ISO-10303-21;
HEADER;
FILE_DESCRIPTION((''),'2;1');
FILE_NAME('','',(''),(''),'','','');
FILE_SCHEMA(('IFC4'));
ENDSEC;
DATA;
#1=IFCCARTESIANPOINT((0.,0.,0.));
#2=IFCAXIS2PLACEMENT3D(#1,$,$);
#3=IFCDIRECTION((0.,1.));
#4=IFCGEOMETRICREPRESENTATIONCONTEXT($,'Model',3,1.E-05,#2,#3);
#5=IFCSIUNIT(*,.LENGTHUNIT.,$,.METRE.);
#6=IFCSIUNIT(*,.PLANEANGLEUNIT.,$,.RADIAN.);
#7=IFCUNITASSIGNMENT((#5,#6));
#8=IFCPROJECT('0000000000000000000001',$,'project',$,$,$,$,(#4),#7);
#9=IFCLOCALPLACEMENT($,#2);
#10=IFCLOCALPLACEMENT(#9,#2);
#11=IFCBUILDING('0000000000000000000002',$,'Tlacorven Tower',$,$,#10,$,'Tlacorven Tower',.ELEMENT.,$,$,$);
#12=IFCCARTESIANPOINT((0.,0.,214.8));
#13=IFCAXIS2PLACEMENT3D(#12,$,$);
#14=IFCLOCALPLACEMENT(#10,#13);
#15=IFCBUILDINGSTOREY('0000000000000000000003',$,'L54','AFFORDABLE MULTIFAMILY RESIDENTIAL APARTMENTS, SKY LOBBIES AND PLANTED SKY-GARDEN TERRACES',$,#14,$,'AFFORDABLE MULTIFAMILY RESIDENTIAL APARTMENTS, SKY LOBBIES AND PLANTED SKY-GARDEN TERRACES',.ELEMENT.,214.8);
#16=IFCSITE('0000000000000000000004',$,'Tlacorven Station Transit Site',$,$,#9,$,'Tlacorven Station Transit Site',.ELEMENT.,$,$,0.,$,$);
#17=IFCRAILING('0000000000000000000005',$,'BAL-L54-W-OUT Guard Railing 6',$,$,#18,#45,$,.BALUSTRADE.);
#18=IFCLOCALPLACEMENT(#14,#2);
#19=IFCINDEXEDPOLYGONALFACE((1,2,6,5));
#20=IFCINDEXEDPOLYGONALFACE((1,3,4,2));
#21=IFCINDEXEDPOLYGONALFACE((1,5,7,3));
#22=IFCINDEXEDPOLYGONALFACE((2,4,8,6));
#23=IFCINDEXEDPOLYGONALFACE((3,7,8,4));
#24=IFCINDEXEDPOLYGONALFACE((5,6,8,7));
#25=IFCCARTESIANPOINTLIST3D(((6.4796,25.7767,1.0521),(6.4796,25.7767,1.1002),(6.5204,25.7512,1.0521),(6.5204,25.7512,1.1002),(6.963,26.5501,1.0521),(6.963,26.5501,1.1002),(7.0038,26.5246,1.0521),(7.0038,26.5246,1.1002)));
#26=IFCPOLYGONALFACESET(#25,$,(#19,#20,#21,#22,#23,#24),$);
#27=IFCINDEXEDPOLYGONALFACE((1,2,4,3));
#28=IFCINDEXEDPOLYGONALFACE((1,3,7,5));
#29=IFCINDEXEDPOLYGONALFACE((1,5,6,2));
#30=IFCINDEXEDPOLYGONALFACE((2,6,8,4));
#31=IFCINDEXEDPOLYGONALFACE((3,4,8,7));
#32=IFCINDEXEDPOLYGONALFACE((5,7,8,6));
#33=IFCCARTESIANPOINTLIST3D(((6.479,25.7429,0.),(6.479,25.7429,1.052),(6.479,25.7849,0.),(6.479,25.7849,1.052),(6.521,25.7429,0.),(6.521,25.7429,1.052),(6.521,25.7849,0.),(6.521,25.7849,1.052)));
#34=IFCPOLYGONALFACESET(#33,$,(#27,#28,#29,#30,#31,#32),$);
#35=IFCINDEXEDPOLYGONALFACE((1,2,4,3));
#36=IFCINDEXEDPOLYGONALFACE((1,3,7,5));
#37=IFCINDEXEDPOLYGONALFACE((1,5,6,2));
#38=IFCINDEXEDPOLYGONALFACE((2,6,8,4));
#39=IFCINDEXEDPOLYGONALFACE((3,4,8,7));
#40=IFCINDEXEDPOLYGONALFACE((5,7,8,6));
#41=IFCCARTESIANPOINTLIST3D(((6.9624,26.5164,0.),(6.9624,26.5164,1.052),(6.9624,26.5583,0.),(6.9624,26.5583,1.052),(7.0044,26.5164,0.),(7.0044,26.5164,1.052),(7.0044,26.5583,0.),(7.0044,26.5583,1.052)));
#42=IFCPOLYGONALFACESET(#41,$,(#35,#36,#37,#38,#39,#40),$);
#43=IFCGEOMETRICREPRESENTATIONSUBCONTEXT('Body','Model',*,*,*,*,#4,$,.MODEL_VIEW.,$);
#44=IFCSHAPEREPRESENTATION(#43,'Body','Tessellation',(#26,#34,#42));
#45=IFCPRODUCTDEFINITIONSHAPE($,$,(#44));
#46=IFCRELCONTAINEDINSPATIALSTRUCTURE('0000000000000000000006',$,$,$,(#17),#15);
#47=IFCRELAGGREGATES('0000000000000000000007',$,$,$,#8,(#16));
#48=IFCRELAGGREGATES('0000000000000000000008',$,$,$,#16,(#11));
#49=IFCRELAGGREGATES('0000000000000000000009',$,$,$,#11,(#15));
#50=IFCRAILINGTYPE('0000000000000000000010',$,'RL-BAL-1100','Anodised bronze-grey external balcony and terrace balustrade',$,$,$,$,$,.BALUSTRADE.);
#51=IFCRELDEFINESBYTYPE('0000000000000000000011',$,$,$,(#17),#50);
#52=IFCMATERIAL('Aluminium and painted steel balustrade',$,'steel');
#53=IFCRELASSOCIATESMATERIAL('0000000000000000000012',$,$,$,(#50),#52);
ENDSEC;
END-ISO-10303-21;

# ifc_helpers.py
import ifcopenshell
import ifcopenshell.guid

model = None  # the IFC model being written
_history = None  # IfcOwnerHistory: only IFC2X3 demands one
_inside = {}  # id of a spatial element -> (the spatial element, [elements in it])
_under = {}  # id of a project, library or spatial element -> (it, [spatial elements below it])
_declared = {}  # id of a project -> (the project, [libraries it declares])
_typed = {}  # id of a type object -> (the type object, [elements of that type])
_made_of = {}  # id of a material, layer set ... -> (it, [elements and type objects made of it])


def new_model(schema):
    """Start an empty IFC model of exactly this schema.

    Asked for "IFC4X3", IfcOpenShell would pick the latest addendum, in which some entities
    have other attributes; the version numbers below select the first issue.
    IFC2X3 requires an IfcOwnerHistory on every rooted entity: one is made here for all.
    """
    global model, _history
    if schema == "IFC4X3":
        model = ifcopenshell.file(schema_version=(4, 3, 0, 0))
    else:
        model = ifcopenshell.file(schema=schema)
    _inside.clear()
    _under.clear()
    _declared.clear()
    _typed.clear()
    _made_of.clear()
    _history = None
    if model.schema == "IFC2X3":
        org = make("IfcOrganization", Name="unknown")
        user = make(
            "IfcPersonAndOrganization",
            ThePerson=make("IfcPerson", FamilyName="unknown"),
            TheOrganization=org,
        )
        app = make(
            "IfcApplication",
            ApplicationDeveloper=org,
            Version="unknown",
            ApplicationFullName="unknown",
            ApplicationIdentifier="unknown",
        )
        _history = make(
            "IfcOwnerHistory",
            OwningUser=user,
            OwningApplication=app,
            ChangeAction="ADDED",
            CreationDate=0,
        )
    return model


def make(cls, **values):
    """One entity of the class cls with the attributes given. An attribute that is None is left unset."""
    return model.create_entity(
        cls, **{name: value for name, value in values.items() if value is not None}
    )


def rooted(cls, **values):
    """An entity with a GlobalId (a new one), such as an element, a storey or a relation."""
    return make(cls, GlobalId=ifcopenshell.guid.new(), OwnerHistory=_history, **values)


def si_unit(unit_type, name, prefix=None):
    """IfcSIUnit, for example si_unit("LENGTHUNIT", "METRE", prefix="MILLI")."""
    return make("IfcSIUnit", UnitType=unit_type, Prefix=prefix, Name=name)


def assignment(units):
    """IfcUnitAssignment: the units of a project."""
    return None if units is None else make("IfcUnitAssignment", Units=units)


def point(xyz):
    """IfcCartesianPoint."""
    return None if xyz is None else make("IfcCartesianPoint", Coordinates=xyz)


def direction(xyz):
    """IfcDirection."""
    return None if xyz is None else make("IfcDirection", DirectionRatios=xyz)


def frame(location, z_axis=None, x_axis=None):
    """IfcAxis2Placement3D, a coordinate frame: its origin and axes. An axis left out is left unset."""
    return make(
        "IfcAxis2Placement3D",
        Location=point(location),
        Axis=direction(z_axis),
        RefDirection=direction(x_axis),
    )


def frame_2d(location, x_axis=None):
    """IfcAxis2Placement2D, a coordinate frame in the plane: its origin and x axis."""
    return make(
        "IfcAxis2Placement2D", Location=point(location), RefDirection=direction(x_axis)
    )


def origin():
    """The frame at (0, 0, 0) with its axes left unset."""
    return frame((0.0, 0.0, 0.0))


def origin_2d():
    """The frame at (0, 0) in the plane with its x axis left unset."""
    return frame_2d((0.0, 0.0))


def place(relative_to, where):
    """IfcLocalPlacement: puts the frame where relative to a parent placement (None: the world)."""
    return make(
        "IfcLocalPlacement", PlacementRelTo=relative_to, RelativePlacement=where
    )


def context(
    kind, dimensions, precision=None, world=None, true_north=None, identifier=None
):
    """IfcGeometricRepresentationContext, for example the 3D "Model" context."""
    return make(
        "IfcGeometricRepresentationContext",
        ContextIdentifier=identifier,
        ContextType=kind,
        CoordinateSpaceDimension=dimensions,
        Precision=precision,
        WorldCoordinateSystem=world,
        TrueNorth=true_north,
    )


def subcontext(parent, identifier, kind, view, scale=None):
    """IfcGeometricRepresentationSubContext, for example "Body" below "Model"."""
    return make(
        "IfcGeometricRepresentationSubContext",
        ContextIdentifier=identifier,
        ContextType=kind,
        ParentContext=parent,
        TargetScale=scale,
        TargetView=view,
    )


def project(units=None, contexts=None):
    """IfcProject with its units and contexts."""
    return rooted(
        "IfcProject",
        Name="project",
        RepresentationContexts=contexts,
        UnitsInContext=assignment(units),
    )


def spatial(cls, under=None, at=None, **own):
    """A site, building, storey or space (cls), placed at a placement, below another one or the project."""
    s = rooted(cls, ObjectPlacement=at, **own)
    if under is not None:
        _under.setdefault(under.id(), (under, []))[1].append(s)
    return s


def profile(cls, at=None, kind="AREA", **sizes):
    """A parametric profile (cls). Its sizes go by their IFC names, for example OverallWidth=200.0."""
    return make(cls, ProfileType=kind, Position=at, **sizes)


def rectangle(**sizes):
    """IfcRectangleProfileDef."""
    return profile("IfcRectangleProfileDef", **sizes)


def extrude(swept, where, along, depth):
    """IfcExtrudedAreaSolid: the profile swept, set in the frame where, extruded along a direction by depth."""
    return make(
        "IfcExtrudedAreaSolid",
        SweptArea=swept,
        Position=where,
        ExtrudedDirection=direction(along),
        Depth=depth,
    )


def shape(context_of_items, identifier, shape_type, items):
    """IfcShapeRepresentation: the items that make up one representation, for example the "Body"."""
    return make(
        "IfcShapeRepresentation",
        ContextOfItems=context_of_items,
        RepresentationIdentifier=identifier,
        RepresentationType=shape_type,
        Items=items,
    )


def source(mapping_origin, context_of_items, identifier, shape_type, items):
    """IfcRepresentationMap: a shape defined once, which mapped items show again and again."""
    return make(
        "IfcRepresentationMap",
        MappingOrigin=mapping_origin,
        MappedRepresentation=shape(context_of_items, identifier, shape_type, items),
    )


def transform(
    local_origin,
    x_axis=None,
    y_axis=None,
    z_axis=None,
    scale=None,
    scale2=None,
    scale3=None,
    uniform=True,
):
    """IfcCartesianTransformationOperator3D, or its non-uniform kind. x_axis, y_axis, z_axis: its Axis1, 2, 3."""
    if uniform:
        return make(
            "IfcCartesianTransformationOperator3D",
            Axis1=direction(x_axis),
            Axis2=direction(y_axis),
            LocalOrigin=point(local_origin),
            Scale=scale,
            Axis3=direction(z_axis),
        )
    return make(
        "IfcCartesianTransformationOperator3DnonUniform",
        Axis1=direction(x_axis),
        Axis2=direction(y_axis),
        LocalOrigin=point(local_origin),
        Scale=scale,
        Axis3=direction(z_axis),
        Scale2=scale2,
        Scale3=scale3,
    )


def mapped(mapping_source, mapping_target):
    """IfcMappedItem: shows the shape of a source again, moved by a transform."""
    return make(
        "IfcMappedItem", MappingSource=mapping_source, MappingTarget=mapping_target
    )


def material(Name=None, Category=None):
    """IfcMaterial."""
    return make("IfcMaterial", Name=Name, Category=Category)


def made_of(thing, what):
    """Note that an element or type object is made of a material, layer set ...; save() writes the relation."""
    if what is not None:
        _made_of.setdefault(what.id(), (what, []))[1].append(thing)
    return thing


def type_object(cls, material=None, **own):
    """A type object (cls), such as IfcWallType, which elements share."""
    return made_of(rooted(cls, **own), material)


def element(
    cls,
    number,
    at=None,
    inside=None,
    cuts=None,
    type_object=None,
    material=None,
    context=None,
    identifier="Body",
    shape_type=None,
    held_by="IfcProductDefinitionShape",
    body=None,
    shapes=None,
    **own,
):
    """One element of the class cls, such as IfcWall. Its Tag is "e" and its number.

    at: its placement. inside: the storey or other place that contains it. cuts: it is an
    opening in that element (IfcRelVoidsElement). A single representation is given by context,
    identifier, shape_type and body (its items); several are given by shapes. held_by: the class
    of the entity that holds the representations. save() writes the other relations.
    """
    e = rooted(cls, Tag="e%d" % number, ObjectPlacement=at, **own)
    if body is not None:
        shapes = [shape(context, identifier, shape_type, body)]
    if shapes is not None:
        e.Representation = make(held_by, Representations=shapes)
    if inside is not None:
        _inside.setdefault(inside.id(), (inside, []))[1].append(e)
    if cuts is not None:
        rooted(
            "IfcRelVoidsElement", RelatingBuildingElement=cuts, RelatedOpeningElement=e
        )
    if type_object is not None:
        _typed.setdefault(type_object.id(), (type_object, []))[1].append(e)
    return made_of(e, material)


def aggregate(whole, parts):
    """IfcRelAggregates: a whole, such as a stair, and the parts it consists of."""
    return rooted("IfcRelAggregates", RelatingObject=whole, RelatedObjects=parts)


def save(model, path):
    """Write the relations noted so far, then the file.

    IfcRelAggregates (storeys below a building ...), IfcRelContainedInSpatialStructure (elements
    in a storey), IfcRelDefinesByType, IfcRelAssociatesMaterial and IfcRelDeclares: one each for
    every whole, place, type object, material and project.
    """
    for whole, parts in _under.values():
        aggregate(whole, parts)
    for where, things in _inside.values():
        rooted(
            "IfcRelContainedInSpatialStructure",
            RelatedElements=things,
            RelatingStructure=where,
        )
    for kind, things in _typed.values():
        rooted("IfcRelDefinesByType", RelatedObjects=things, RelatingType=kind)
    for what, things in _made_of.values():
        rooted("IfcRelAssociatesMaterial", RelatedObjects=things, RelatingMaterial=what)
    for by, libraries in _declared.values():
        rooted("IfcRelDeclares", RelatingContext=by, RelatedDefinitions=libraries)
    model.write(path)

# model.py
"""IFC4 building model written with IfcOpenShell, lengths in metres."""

from ifc_helpers import new_model, si_unit, direction, frame, origin, origin_2d, place, context, subcontext, project, spatial, rectangle, extrude, source, transform, mapped, material, type_object, element, save


model = new_model("IFC4")

# Units and contexts
model_context = context("Model", 3, precision=1e-05, world=origin(), true_north=direction((0.0, 1.0)))
body_context = subcontext(model_context, "Body", "Model", "MODEL_VIEW")
ifc_project = project(units=[si_unit("LENGTHUNIT", "METRE"), si_unit("PLANEANGLEUNIT", "RADIAN")], contexts=[model_context])

# Site, building, storey
site_placement = place(None, origin())
site = spatial("IfcSite", under=ifc_project, at=site_placement, Name="Tlacorven Station Transit Site", LongName="Tlacorven Station Transit Site", CompositionType="ELEMENT", RefElevation=0.0)
building_placement = place(site_placement, origin())
building = spatial("IfcBuilding", under=site, at=building_placement, Name="Tlacorven Tower", LongName="Tlacorven Tower", CompositionType="ELEMENT")
storey_placement = place(building_placement, frame((0.0, 0.0, 214.8)))
storey = spatial("IfcBuildingStorey", under=building, at=storey_placement, Name="L54", Description="AFFORDABLE MULTIFAMILY RESIDENTIAL APARTMENTS, SKY LOBBIES AND PLANTED SKY-GARDEN TERRACES", LongName="AFFORDABLE MULTIFAMILY RESIDENTIAL APARTMENTS, SKY LOBBIES AND PLANTED SKY-GARDEN TERRACES", CompositionType="ELEMENT", Elevation=214.8)

# Railing
ifc_material_1 = material(Name="Aluminium and painted steel balustrade", Category="steel")
railing_type = type_object("IfcRailingType", Name="RL-BAL-1100", Description="Anodised bronze-grey external balcony and terrace balustrade", PredefinedType="BALUSTRADE", material=ifc_material_1)
shared_shape_1 = source(origin(), body_context, "Body", "SweptSolid", [
    extrude(rectangle(XDim=0.0481, YDim=0.0481, at=origin_2d()), frame((0.0, 0.0, 1.0762), z_axis=(0.529999, 0.847998, 0.0), x_axis=(-0.847998, 0.529999, 0.0)), (0.0, 0.0, 1.0), 0.9121),
    extrude(rectangle(XDim=0.042, YDim=0.042, at=origin_2d()), origin(), (0.0, 0.0, 1.0), 1.052),
    extrude(rectangle(XDim=0.042, YDim=0.042, at=origin_2d()), frame((0.4834, 0.7734, 0.0)), (0.0, 0.0, 1.0), 1.052),
])
railing_1_placement = place(storey_placement, frame((6.5, 25.7639, 0.0)))
element("IfcRailing", 1, at=railing_1_placement, inside=storey, type_object=railing_type, Name="BAL-L54-W-OUT Guard Railing 6", PredefinedType="BALUSTRADE", context=body_context, shape_type="MappedRepresentation", body=[
    mapped(shared_shape_1, transform((0.0, 0.0, 0.0), scale=1.0)),
])

save(model, "model.ifc")
